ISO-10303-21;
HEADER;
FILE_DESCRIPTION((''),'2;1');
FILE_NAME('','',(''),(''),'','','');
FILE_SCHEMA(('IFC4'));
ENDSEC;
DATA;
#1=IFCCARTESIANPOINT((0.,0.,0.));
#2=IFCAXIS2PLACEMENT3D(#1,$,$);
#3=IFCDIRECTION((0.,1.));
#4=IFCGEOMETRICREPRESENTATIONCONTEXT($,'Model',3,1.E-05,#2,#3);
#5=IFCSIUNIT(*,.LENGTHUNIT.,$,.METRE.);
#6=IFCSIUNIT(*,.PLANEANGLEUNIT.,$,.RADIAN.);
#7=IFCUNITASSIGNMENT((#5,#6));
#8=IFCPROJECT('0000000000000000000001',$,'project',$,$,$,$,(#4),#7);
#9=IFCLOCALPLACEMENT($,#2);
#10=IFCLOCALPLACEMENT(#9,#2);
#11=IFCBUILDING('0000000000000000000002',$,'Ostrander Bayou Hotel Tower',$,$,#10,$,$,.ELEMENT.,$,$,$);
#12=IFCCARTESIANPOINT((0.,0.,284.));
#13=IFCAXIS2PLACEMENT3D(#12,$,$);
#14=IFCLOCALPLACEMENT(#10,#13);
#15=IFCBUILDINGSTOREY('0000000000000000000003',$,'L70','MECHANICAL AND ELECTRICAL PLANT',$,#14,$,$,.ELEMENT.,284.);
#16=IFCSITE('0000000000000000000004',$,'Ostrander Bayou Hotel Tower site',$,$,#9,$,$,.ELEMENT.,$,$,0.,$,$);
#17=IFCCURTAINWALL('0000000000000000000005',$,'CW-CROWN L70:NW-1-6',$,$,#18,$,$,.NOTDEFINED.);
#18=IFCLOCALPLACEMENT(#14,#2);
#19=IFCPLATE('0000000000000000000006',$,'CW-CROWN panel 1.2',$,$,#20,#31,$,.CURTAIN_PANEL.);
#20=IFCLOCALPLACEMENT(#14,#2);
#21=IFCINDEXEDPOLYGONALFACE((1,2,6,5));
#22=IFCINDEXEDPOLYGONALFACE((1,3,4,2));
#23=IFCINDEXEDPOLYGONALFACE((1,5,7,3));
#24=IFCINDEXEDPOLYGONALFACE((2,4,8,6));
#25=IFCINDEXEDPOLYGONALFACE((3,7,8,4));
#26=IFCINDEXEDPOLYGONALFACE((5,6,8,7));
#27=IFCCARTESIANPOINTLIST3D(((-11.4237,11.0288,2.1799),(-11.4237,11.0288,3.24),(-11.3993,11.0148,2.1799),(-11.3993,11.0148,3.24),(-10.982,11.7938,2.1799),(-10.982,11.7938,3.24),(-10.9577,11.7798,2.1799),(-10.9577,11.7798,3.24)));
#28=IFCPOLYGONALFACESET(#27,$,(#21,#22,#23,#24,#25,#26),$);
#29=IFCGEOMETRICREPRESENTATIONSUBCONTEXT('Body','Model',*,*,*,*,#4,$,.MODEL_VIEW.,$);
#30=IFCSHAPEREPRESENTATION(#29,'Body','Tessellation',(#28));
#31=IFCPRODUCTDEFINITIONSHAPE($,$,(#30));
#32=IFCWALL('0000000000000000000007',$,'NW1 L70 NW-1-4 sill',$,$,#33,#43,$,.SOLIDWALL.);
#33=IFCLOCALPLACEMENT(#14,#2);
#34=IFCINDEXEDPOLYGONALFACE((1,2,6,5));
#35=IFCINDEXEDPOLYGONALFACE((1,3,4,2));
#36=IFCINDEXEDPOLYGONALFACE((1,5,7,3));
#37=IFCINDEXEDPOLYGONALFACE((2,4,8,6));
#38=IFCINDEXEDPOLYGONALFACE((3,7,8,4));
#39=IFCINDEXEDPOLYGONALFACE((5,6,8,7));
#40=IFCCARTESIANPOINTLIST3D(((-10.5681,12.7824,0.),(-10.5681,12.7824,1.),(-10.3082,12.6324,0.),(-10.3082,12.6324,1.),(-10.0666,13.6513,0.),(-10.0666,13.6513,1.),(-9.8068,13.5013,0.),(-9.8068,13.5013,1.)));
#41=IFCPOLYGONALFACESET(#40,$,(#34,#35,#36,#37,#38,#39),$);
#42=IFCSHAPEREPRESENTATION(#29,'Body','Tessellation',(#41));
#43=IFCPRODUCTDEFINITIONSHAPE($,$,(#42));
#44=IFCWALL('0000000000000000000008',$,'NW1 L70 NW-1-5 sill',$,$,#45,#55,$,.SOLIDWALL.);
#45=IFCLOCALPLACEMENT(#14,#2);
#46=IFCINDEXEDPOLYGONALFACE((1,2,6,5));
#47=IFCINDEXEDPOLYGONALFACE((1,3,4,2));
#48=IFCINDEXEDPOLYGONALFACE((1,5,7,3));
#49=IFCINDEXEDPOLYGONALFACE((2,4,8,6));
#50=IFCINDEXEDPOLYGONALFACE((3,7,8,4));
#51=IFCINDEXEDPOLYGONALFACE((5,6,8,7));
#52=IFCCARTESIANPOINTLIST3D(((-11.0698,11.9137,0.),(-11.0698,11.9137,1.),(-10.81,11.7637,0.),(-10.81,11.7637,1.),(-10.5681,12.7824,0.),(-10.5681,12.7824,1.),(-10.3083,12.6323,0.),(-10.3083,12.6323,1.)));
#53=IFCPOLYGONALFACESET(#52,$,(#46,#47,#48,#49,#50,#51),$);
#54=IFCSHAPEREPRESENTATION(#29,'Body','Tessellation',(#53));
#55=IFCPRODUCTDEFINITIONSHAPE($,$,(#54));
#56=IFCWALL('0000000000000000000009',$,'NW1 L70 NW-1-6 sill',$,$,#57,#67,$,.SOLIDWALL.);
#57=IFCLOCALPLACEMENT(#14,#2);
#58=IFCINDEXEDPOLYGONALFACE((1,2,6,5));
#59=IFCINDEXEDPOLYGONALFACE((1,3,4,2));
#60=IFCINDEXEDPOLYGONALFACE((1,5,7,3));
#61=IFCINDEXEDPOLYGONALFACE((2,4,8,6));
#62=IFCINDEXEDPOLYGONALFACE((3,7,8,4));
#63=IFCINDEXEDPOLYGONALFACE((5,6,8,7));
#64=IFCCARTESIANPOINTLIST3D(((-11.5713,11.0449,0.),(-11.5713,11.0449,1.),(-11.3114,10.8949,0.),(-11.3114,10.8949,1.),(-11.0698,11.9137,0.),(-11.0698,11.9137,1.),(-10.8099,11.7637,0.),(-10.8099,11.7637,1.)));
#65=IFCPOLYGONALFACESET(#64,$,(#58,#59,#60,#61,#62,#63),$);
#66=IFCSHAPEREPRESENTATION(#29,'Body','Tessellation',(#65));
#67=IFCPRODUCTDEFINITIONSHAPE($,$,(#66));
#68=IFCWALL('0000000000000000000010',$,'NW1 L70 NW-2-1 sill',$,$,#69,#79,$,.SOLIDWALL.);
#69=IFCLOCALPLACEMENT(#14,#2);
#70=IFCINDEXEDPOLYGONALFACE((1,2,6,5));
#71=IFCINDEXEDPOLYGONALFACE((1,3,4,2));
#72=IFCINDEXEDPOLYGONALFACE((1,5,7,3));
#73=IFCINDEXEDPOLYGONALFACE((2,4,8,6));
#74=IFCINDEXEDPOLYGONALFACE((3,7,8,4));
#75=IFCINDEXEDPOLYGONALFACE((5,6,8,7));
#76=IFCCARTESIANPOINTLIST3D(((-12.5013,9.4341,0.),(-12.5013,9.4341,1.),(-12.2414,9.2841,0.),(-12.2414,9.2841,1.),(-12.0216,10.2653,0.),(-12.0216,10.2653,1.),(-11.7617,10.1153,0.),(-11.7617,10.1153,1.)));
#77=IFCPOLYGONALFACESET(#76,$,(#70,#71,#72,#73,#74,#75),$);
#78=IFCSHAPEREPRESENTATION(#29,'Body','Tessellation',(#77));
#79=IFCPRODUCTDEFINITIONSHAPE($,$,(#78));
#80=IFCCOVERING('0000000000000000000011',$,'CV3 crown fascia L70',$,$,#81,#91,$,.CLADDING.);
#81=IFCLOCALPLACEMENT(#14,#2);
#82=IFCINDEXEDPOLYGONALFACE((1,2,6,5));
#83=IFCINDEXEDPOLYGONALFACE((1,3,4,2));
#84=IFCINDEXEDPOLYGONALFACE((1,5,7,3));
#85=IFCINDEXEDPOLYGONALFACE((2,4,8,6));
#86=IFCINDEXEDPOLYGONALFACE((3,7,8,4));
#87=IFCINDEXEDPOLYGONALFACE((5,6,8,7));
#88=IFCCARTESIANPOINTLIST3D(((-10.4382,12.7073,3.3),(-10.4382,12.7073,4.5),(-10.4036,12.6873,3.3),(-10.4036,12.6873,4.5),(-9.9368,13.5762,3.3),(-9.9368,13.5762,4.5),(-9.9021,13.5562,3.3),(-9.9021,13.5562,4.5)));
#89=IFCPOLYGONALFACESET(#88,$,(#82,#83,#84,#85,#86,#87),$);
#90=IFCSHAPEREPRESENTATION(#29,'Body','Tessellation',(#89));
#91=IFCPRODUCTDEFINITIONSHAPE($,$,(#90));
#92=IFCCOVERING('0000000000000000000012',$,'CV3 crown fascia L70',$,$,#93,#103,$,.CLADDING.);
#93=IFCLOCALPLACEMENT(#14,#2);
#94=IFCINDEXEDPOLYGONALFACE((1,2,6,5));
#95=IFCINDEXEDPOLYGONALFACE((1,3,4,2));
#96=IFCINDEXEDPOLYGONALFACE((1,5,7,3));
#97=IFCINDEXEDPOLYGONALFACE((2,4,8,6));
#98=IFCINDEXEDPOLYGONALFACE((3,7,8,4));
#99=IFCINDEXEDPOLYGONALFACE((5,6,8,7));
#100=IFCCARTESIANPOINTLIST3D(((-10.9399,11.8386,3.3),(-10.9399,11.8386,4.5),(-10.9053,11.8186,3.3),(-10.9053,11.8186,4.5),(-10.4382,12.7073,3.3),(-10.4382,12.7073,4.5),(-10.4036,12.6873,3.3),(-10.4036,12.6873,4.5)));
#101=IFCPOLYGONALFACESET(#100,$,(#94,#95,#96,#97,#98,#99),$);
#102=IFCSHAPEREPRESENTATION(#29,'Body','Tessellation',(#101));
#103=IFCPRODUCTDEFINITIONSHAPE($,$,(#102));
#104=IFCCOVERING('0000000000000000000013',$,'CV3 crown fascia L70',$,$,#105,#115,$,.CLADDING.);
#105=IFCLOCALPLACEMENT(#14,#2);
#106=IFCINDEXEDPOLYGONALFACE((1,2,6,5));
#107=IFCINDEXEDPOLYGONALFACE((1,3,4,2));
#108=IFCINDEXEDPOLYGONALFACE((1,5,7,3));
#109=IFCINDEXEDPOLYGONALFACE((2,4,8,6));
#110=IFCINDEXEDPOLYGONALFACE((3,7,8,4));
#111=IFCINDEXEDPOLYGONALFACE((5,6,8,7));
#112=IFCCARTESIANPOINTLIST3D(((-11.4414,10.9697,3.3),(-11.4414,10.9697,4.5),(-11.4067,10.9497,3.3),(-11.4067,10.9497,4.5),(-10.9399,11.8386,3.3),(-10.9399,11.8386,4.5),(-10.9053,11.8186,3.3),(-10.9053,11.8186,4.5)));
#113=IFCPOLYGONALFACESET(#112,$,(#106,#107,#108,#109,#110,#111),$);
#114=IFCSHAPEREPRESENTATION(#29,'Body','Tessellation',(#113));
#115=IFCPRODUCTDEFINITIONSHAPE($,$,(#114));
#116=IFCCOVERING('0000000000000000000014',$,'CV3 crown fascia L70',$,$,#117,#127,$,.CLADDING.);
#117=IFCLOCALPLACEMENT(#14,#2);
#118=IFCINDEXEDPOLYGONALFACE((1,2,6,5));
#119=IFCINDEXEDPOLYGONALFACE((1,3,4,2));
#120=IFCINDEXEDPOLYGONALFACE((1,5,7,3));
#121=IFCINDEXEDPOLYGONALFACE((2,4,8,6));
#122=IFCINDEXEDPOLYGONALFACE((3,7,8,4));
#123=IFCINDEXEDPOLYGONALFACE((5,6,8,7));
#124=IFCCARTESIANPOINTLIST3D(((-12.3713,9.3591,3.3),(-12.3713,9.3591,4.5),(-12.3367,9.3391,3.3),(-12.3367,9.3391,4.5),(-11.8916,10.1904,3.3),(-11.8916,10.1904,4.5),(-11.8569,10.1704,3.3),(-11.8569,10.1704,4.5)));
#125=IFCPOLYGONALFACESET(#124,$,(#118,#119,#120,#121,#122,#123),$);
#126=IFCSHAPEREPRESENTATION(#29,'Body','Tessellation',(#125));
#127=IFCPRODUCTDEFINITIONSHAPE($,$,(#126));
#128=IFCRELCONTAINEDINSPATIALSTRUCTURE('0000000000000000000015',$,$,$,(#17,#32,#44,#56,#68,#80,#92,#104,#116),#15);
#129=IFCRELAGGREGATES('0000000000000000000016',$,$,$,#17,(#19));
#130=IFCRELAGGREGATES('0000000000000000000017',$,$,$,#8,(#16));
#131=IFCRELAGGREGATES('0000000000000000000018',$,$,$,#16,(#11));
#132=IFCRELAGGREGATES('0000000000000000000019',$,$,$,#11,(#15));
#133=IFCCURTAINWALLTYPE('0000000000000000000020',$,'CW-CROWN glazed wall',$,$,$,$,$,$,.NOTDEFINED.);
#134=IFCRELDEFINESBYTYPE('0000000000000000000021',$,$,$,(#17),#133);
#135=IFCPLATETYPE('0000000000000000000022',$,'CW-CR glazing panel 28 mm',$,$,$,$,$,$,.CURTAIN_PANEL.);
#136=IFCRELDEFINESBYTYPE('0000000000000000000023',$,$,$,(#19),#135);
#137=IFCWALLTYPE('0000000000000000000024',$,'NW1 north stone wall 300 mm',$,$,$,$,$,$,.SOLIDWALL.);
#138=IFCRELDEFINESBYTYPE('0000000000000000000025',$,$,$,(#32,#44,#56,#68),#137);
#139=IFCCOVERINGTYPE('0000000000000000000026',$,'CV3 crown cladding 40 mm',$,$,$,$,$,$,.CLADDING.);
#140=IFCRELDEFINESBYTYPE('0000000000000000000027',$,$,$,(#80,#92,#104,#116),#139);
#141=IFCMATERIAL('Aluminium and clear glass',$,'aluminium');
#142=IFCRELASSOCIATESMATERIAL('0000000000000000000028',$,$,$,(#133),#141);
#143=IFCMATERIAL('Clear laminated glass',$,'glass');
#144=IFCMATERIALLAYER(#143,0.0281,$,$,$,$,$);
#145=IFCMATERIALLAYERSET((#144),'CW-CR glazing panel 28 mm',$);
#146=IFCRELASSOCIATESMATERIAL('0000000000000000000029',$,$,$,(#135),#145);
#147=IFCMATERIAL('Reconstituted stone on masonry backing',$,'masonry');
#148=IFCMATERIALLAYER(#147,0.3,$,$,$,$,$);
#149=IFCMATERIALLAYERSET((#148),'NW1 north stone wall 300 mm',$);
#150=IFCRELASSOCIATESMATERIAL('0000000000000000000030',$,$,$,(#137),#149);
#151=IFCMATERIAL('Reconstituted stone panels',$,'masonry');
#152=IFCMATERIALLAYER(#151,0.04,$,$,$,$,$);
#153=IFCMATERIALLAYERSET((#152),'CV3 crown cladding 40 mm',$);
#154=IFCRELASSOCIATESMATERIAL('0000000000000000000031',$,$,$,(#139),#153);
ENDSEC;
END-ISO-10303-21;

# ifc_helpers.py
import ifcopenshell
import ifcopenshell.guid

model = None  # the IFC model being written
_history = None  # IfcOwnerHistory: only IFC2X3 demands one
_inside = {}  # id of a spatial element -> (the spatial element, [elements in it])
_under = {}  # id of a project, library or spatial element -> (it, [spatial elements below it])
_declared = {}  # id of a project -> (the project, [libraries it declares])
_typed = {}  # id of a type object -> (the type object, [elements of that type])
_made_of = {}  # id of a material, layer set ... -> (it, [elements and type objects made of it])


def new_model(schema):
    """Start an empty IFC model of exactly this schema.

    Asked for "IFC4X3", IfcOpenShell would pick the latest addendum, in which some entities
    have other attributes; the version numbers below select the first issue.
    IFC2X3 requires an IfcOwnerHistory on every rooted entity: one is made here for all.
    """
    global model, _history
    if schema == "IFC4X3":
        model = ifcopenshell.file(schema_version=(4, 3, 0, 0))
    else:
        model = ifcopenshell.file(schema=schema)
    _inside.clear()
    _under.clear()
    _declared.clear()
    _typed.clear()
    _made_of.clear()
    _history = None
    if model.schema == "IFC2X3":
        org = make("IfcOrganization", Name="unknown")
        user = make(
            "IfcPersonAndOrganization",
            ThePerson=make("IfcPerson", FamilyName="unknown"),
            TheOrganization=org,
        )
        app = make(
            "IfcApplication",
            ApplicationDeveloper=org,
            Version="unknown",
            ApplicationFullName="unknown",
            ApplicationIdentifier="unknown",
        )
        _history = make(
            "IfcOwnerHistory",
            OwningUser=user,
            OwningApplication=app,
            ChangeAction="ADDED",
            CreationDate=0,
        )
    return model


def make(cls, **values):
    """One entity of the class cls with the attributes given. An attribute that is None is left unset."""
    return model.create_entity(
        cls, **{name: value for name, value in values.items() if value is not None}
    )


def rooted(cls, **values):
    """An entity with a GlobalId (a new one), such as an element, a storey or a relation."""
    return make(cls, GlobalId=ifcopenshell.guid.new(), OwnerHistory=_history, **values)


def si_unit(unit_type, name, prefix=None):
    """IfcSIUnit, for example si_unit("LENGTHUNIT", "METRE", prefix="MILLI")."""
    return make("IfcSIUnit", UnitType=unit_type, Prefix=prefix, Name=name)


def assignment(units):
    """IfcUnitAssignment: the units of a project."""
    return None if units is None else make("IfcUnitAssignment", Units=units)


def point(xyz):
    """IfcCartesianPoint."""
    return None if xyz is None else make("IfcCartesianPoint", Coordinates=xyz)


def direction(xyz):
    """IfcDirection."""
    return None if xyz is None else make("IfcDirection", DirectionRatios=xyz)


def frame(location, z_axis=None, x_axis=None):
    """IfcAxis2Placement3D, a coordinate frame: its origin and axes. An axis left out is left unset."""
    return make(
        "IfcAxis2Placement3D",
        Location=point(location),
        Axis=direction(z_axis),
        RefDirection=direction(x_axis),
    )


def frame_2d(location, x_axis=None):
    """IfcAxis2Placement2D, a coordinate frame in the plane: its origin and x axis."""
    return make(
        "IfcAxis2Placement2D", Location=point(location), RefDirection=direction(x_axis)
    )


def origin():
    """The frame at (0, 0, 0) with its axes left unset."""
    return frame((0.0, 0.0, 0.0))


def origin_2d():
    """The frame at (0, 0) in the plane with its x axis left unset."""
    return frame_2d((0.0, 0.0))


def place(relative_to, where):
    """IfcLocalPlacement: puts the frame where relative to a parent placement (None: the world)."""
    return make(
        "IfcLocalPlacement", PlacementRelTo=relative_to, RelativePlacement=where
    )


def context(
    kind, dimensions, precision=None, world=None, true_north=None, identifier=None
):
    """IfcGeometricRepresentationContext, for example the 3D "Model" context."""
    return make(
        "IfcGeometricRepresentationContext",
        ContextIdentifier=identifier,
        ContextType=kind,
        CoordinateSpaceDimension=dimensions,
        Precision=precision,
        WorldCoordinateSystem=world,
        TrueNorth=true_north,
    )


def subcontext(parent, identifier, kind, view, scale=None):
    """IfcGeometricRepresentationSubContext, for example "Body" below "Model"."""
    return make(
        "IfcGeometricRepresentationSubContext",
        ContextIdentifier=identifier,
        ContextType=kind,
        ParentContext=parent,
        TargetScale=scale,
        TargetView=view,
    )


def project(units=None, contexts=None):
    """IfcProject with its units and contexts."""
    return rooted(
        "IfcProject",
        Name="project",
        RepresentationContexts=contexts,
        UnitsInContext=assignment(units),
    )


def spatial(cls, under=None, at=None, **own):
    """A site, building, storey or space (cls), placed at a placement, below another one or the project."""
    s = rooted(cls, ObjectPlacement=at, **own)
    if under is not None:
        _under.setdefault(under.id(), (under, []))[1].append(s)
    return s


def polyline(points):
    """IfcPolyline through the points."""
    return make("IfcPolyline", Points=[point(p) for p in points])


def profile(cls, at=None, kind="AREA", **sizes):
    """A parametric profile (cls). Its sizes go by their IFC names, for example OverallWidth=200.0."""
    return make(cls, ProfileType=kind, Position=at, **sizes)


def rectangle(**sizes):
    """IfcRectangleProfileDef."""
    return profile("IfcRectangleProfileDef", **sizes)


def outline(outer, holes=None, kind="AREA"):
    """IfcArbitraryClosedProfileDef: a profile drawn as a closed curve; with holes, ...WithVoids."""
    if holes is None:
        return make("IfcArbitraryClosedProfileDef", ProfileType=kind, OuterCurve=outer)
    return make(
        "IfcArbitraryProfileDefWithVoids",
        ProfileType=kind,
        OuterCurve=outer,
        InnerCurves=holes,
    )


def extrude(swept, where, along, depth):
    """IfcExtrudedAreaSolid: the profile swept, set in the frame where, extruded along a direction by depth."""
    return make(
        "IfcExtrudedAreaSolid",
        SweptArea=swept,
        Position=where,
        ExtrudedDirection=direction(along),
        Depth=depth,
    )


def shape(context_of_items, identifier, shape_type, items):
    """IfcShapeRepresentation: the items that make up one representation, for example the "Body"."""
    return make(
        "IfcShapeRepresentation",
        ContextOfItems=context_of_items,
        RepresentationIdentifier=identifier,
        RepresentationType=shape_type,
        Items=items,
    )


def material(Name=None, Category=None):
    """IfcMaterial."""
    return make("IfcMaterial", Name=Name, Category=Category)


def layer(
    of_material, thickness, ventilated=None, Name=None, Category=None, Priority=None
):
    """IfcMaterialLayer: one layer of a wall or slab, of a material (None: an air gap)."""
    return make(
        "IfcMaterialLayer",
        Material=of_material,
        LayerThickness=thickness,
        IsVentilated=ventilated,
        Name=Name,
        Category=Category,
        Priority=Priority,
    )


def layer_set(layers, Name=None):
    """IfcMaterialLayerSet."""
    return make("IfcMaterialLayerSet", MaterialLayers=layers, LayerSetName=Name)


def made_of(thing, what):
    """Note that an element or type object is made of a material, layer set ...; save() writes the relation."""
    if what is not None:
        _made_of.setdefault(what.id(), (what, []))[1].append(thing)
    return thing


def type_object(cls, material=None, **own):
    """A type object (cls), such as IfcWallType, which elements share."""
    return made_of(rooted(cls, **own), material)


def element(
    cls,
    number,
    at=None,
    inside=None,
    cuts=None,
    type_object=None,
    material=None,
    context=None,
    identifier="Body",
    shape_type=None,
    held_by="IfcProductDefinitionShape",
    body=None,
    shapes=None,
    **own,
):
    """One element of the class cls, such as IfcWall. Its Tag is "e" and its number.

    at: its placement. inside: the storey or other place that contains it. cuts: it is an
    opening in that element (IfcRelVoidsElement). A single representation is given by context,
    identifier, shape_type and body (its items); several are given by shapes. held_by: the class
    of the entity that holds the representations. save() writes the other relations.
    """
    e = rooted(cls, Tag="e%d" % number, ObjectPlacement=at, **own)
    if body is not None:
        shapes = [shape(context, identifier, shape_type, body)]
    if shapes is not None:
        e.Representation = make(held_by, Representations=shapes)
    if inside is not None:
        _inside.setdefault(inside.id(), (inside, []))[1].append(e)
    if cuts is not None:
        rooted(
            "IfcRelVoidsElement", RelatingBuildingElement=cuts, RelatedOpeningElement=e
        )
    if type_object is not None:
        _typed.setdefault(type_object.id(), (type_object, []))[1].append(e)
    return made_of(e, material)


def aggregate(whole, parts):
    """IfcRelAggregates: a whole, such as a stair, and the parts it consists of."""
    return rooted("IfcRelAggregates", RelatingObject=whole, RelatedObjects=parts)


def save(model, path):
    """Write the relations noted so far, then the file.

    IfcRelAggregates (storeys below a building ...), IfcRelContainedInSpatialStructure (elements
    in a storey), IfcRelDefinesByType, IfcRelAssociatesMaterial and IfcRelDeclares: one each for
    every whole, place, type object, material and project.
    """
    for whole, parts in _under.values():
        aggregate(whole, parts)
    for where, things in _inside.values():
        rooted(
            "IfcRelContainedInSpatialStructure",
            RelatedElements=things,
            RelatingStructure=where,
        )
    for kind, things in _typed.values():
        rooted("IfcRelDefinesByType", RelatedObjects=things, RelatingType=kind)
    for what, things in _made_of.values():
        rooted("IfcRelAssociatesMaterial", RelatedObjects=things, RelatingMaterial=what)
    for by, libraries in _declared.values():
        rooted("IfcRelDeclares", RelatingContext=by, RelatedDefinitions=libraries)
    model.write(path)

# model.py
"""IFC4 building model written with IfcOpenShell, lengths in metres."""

from ifc_helpers import new_model, si_unit, direction, frame, frame_2d, origin, origin_2d, place, context, subcontext, project, spatial, polyline, rectangle, outline, extrude, material, layer, layer_set, type_object, element, aggregate, save


model = new_model("IFC4")

# Units and contexts
model_context = context("Model", 3, precision=1e-05, world=origin(), true_north=direction((0.0, 1.0)))
body_context = subcontext(model_context, "Body", "Model", "MODEL_VIEW")
ifc_project = project(units=[si_unit("LENGTHUNIT", "METRE"), si_unit("PLANEANGLEUNIT", "RADIAN")], contexts=[model_context])

# Site, building, storey
site_placement = place(None, origin())
site = spatial("IfcSite", under=ifc_project, at=site_placement, Name="Ostrander Bayou Hotel Tower site", CompositionType="ELEMENT", RefElevation=0.0)
building_placement = place(site_placement, origin())
building = spatial("IfcBuilding", under=site, at=building_placement, Name="Ostrander Bayou Hotel Tower", CompositionType="ELEMENT")
storey_placement = place(building_placement, frame((0.0, 0.0, 284.0)))
storey = spatial("IfcBuildingStorey", under=building, at=storey_placement, Name="L70", Description="MECHANICAL AND ELECTRICAL PLANT", CompositionType="ELEMENT", Elevation=284.0)

# Curtain wall
ifc_material_1 = material(Name="Aluminium and clear glass", Category="aluminium")
curtain_wall_type = type_object("IfcCurtainWallType", Name="CW-CROWN glazed wall", PredefinedType="NOTDEFINED", material=ifc_material_1)
curtain_wall_1_placement = place(storey_placement, origin())
curtain_wall_1 = element("IfcCurtainWall", 1, at=curtain_wall_1_placement, inside=storey, type_object=curtain_wall_type, Name="CW-CROWN L70:NW-1-6", PredefinedType="NOTDEFINED")

# Plate
ifc_material_2 = material(Name="Clear laminated glass", Category="glass")
ifc_layer_1 = layer(ifc_material_2, 0.0281)
ifc_layer_set_1 = layer_set([ifc_layer_1], Name="CW-CR glazing panel 28 mm")
plate_type = type_object("IfcPlateType", Name="CW-CR glazing panel 28 mm", PredefinedType="CURTAIN_PANEL", material=ifc_layer_set_1)
plate_1_placement = place(storey_placement, frame((-11.1907, 11.4043, 2.1799), z_axis=(0.0, 0.0, 1.0), x_axis=(-0.499999, -0.866026, 0.0)))
plate_1 = element("IfcPlate", 2, at=plate_1_placement, type_object=plate_type, Name="CW-CROWN panel 1.2", PredefinedType="CURTAIN_PANEL", context=body_context, shape_type="SweptSolid", body=[
    extrude(rectangle(XDim=0.8833, YDim=0.0281, at=origin_2d()), origin(), (0.0, 0.0, 1.0), 1.0601),
])
aggregate(curtain_wall_1, [plate_1])

# Walls
ifc_material_3 = material(Name="Reconstituted stone on masonry backing", Category="masonry")
ifc_layer_2 = layer(ifc_material_3, 0.3)
ifc_layer_set_2 = layer_set([ifc_layer_2], Name="NW1 north stone wall 300 mm")
wall_type = type_object("IfcWallType", Name="NW1 north stone wall 300 mm", PredefinedType="SOLIDWALL", material=ifc_layer_set_2)
for number, where, z_axis, x_axis, name in (
    (3, (-9.9368, 13.5762, 0.0), (0.0, 0.0, 1.0), (-0.499856, -0.866109, 0.0), "NW1 L70 NW-1-4 sill"),
    (4, (-10.4382, 12.7073, 0.0), (0.0, 0.0, 1.0), (-0.500144, -0.865942, 0.0), "NW1 L70 NW-1-5 sill"),
    (5, (-10.9399, 11.8386, 0.0), (0.0, 0.0, 1.0), (-0.499856, -0.866109, 0.0), "NW1 L70 NW-1-6 sill"),
):
    element("IfcWall", number, at=place(storey_placement, frame(where, z_axis=z_axis, x_axis=x_axis)), inside=storey, type_object=wall_type, Name=name, PredefinedType="SOLIDWALL", context=body_context, shape_type="SweptSolid", body=[
        extrude(rectangle(XDim=1.0032, YDim=0.3, at=frame_2d((0.5015, 0.0))), origin(), (0.0, 0.0, 1.0), 1.0),
    ])
wall_placement = place(storey_placement, frame((-11.8916, 10.1904, 0.0), z_axis=(0.0, 0.0, 1.0), x_axis=(-0.499833, -0.866122, 0.0)))
element("IfcWall", 6, at=wall_placement, inside=storey, type_object=wall_type, Name="NW1 L70 NW-2-1 sill", PredefinedType="SOLIDWALL", context=body_context, shape_type="SweptSolid", body=[
    extrude(rectangle(XDim=0.9597, YDim=0.3, at=frame_2d((0.48, 0.0))), origin(), (0.0, 0.0, 1.0), 1.0),
])

# Coverings
ifc_material_4 = material(Name="Reconstituted stone panels", Category="masonry")
ifc_layer_3 = layer(ifc_material_4, 0.04)
ifc_layer_set_3 = layer_set([ifc_layer_3], Name="CV3 crown cladding 40 mm")
covering_type = type_object("IfcCoveringType", Name="CV3 crown cladding 40 mm", PredefinedType="CLADDING", material=ifc_layer_set_3)
covering_1_placement = place(storey_placement, frame((-9.9368, 13.5762, 3.3), z_axis=(-0.866109, 0.499856, 0.0), x_axis=(-0.499856, -0.866109, 0.0)))
element("IfcCovering", 7, at=covering_1_placement, inside=storey, type_object=covering_type, Name="CV3 crown fascia L70", PredefinedType="CLADDING", context=body_context, shape_type="SweptSolid", body=[
    extrude(outline(polyline([(0.0, 0.0), (1.0032, 0.0), (1.0032, 1.2), (0.0, 1.2), (0.0, 0.0)])), origin(), (0.0, 0.0, -1.0), 0.04),
])
covering_2_placement = place(storey_placement, frame((-10.4382, 12.7073, 3.3), z_axis=(-0.865942, 0.500144, 0.0), x_axis=(-0.500144, -0.865942, 0.0)))
element("IfcCovering", 8, at=covering_2_placement, inside=storey, type_object=covering_type, Name="CV3 crown fascia L70", PredefinedType="CLADDING", context=body_context, shape_type="SweptSolid", body=[
    extrude(outline(polyline([(0.0, 0.0), (1.0031, 0.0), (1.0031, 1.2), (0.0, 1.2), (0.0, 0.0)])), origin(), (0.0, 0.0, -1.0), 0.04),
])
covering_3_placement = place(storey_placement, frame((-10.9399, 11.8386, 3.3), z_axis=(-0.866109, 0.499856, 0.0), x_axis=(-0.499856, -0.866109, 0.0)))
element("IfcCovering", 9, at=covering_3_placement, inside=storey, type_object=covering_type, Name="CV3 crown fascia L70", PredefinedType="CLADDING", context=body_context, shape_type="SweptSolid", body=[
    extrude(outline(polyline([(0.0, 0.0), (1.0032, 0.0), (1.0032, 1.2), (0.0, 1.2), (0.0, 0.0)])), origin(), (0.0, 0.0, -1.0), 0.04),
])
covering_4_placement = place(storey_placement, frame((-11.8916, 10.1904, 3.3), z_axis=(-0.866122, 0.499833, 0.0), x_axis=(-0.499833, -0.866122, 0.0)))
element("IfcCovering", 10, at=covering_4_placement, inside=storey, type_object=covering_type, Name="CV3 crown fascia L70", PredefinedType="CLADDING", context=body_context, shape_type="SweptSolid", body=[
    extrude(outline(polyline([(0.0, 0.0), (0.9598, 0.0), (0.9598, 1.2), (0.0, 1.2), (0.0, 0.0)])), origin(), (0.0, 0.0, -1.0), 0.04),
])

save(model, "model.ifc")
